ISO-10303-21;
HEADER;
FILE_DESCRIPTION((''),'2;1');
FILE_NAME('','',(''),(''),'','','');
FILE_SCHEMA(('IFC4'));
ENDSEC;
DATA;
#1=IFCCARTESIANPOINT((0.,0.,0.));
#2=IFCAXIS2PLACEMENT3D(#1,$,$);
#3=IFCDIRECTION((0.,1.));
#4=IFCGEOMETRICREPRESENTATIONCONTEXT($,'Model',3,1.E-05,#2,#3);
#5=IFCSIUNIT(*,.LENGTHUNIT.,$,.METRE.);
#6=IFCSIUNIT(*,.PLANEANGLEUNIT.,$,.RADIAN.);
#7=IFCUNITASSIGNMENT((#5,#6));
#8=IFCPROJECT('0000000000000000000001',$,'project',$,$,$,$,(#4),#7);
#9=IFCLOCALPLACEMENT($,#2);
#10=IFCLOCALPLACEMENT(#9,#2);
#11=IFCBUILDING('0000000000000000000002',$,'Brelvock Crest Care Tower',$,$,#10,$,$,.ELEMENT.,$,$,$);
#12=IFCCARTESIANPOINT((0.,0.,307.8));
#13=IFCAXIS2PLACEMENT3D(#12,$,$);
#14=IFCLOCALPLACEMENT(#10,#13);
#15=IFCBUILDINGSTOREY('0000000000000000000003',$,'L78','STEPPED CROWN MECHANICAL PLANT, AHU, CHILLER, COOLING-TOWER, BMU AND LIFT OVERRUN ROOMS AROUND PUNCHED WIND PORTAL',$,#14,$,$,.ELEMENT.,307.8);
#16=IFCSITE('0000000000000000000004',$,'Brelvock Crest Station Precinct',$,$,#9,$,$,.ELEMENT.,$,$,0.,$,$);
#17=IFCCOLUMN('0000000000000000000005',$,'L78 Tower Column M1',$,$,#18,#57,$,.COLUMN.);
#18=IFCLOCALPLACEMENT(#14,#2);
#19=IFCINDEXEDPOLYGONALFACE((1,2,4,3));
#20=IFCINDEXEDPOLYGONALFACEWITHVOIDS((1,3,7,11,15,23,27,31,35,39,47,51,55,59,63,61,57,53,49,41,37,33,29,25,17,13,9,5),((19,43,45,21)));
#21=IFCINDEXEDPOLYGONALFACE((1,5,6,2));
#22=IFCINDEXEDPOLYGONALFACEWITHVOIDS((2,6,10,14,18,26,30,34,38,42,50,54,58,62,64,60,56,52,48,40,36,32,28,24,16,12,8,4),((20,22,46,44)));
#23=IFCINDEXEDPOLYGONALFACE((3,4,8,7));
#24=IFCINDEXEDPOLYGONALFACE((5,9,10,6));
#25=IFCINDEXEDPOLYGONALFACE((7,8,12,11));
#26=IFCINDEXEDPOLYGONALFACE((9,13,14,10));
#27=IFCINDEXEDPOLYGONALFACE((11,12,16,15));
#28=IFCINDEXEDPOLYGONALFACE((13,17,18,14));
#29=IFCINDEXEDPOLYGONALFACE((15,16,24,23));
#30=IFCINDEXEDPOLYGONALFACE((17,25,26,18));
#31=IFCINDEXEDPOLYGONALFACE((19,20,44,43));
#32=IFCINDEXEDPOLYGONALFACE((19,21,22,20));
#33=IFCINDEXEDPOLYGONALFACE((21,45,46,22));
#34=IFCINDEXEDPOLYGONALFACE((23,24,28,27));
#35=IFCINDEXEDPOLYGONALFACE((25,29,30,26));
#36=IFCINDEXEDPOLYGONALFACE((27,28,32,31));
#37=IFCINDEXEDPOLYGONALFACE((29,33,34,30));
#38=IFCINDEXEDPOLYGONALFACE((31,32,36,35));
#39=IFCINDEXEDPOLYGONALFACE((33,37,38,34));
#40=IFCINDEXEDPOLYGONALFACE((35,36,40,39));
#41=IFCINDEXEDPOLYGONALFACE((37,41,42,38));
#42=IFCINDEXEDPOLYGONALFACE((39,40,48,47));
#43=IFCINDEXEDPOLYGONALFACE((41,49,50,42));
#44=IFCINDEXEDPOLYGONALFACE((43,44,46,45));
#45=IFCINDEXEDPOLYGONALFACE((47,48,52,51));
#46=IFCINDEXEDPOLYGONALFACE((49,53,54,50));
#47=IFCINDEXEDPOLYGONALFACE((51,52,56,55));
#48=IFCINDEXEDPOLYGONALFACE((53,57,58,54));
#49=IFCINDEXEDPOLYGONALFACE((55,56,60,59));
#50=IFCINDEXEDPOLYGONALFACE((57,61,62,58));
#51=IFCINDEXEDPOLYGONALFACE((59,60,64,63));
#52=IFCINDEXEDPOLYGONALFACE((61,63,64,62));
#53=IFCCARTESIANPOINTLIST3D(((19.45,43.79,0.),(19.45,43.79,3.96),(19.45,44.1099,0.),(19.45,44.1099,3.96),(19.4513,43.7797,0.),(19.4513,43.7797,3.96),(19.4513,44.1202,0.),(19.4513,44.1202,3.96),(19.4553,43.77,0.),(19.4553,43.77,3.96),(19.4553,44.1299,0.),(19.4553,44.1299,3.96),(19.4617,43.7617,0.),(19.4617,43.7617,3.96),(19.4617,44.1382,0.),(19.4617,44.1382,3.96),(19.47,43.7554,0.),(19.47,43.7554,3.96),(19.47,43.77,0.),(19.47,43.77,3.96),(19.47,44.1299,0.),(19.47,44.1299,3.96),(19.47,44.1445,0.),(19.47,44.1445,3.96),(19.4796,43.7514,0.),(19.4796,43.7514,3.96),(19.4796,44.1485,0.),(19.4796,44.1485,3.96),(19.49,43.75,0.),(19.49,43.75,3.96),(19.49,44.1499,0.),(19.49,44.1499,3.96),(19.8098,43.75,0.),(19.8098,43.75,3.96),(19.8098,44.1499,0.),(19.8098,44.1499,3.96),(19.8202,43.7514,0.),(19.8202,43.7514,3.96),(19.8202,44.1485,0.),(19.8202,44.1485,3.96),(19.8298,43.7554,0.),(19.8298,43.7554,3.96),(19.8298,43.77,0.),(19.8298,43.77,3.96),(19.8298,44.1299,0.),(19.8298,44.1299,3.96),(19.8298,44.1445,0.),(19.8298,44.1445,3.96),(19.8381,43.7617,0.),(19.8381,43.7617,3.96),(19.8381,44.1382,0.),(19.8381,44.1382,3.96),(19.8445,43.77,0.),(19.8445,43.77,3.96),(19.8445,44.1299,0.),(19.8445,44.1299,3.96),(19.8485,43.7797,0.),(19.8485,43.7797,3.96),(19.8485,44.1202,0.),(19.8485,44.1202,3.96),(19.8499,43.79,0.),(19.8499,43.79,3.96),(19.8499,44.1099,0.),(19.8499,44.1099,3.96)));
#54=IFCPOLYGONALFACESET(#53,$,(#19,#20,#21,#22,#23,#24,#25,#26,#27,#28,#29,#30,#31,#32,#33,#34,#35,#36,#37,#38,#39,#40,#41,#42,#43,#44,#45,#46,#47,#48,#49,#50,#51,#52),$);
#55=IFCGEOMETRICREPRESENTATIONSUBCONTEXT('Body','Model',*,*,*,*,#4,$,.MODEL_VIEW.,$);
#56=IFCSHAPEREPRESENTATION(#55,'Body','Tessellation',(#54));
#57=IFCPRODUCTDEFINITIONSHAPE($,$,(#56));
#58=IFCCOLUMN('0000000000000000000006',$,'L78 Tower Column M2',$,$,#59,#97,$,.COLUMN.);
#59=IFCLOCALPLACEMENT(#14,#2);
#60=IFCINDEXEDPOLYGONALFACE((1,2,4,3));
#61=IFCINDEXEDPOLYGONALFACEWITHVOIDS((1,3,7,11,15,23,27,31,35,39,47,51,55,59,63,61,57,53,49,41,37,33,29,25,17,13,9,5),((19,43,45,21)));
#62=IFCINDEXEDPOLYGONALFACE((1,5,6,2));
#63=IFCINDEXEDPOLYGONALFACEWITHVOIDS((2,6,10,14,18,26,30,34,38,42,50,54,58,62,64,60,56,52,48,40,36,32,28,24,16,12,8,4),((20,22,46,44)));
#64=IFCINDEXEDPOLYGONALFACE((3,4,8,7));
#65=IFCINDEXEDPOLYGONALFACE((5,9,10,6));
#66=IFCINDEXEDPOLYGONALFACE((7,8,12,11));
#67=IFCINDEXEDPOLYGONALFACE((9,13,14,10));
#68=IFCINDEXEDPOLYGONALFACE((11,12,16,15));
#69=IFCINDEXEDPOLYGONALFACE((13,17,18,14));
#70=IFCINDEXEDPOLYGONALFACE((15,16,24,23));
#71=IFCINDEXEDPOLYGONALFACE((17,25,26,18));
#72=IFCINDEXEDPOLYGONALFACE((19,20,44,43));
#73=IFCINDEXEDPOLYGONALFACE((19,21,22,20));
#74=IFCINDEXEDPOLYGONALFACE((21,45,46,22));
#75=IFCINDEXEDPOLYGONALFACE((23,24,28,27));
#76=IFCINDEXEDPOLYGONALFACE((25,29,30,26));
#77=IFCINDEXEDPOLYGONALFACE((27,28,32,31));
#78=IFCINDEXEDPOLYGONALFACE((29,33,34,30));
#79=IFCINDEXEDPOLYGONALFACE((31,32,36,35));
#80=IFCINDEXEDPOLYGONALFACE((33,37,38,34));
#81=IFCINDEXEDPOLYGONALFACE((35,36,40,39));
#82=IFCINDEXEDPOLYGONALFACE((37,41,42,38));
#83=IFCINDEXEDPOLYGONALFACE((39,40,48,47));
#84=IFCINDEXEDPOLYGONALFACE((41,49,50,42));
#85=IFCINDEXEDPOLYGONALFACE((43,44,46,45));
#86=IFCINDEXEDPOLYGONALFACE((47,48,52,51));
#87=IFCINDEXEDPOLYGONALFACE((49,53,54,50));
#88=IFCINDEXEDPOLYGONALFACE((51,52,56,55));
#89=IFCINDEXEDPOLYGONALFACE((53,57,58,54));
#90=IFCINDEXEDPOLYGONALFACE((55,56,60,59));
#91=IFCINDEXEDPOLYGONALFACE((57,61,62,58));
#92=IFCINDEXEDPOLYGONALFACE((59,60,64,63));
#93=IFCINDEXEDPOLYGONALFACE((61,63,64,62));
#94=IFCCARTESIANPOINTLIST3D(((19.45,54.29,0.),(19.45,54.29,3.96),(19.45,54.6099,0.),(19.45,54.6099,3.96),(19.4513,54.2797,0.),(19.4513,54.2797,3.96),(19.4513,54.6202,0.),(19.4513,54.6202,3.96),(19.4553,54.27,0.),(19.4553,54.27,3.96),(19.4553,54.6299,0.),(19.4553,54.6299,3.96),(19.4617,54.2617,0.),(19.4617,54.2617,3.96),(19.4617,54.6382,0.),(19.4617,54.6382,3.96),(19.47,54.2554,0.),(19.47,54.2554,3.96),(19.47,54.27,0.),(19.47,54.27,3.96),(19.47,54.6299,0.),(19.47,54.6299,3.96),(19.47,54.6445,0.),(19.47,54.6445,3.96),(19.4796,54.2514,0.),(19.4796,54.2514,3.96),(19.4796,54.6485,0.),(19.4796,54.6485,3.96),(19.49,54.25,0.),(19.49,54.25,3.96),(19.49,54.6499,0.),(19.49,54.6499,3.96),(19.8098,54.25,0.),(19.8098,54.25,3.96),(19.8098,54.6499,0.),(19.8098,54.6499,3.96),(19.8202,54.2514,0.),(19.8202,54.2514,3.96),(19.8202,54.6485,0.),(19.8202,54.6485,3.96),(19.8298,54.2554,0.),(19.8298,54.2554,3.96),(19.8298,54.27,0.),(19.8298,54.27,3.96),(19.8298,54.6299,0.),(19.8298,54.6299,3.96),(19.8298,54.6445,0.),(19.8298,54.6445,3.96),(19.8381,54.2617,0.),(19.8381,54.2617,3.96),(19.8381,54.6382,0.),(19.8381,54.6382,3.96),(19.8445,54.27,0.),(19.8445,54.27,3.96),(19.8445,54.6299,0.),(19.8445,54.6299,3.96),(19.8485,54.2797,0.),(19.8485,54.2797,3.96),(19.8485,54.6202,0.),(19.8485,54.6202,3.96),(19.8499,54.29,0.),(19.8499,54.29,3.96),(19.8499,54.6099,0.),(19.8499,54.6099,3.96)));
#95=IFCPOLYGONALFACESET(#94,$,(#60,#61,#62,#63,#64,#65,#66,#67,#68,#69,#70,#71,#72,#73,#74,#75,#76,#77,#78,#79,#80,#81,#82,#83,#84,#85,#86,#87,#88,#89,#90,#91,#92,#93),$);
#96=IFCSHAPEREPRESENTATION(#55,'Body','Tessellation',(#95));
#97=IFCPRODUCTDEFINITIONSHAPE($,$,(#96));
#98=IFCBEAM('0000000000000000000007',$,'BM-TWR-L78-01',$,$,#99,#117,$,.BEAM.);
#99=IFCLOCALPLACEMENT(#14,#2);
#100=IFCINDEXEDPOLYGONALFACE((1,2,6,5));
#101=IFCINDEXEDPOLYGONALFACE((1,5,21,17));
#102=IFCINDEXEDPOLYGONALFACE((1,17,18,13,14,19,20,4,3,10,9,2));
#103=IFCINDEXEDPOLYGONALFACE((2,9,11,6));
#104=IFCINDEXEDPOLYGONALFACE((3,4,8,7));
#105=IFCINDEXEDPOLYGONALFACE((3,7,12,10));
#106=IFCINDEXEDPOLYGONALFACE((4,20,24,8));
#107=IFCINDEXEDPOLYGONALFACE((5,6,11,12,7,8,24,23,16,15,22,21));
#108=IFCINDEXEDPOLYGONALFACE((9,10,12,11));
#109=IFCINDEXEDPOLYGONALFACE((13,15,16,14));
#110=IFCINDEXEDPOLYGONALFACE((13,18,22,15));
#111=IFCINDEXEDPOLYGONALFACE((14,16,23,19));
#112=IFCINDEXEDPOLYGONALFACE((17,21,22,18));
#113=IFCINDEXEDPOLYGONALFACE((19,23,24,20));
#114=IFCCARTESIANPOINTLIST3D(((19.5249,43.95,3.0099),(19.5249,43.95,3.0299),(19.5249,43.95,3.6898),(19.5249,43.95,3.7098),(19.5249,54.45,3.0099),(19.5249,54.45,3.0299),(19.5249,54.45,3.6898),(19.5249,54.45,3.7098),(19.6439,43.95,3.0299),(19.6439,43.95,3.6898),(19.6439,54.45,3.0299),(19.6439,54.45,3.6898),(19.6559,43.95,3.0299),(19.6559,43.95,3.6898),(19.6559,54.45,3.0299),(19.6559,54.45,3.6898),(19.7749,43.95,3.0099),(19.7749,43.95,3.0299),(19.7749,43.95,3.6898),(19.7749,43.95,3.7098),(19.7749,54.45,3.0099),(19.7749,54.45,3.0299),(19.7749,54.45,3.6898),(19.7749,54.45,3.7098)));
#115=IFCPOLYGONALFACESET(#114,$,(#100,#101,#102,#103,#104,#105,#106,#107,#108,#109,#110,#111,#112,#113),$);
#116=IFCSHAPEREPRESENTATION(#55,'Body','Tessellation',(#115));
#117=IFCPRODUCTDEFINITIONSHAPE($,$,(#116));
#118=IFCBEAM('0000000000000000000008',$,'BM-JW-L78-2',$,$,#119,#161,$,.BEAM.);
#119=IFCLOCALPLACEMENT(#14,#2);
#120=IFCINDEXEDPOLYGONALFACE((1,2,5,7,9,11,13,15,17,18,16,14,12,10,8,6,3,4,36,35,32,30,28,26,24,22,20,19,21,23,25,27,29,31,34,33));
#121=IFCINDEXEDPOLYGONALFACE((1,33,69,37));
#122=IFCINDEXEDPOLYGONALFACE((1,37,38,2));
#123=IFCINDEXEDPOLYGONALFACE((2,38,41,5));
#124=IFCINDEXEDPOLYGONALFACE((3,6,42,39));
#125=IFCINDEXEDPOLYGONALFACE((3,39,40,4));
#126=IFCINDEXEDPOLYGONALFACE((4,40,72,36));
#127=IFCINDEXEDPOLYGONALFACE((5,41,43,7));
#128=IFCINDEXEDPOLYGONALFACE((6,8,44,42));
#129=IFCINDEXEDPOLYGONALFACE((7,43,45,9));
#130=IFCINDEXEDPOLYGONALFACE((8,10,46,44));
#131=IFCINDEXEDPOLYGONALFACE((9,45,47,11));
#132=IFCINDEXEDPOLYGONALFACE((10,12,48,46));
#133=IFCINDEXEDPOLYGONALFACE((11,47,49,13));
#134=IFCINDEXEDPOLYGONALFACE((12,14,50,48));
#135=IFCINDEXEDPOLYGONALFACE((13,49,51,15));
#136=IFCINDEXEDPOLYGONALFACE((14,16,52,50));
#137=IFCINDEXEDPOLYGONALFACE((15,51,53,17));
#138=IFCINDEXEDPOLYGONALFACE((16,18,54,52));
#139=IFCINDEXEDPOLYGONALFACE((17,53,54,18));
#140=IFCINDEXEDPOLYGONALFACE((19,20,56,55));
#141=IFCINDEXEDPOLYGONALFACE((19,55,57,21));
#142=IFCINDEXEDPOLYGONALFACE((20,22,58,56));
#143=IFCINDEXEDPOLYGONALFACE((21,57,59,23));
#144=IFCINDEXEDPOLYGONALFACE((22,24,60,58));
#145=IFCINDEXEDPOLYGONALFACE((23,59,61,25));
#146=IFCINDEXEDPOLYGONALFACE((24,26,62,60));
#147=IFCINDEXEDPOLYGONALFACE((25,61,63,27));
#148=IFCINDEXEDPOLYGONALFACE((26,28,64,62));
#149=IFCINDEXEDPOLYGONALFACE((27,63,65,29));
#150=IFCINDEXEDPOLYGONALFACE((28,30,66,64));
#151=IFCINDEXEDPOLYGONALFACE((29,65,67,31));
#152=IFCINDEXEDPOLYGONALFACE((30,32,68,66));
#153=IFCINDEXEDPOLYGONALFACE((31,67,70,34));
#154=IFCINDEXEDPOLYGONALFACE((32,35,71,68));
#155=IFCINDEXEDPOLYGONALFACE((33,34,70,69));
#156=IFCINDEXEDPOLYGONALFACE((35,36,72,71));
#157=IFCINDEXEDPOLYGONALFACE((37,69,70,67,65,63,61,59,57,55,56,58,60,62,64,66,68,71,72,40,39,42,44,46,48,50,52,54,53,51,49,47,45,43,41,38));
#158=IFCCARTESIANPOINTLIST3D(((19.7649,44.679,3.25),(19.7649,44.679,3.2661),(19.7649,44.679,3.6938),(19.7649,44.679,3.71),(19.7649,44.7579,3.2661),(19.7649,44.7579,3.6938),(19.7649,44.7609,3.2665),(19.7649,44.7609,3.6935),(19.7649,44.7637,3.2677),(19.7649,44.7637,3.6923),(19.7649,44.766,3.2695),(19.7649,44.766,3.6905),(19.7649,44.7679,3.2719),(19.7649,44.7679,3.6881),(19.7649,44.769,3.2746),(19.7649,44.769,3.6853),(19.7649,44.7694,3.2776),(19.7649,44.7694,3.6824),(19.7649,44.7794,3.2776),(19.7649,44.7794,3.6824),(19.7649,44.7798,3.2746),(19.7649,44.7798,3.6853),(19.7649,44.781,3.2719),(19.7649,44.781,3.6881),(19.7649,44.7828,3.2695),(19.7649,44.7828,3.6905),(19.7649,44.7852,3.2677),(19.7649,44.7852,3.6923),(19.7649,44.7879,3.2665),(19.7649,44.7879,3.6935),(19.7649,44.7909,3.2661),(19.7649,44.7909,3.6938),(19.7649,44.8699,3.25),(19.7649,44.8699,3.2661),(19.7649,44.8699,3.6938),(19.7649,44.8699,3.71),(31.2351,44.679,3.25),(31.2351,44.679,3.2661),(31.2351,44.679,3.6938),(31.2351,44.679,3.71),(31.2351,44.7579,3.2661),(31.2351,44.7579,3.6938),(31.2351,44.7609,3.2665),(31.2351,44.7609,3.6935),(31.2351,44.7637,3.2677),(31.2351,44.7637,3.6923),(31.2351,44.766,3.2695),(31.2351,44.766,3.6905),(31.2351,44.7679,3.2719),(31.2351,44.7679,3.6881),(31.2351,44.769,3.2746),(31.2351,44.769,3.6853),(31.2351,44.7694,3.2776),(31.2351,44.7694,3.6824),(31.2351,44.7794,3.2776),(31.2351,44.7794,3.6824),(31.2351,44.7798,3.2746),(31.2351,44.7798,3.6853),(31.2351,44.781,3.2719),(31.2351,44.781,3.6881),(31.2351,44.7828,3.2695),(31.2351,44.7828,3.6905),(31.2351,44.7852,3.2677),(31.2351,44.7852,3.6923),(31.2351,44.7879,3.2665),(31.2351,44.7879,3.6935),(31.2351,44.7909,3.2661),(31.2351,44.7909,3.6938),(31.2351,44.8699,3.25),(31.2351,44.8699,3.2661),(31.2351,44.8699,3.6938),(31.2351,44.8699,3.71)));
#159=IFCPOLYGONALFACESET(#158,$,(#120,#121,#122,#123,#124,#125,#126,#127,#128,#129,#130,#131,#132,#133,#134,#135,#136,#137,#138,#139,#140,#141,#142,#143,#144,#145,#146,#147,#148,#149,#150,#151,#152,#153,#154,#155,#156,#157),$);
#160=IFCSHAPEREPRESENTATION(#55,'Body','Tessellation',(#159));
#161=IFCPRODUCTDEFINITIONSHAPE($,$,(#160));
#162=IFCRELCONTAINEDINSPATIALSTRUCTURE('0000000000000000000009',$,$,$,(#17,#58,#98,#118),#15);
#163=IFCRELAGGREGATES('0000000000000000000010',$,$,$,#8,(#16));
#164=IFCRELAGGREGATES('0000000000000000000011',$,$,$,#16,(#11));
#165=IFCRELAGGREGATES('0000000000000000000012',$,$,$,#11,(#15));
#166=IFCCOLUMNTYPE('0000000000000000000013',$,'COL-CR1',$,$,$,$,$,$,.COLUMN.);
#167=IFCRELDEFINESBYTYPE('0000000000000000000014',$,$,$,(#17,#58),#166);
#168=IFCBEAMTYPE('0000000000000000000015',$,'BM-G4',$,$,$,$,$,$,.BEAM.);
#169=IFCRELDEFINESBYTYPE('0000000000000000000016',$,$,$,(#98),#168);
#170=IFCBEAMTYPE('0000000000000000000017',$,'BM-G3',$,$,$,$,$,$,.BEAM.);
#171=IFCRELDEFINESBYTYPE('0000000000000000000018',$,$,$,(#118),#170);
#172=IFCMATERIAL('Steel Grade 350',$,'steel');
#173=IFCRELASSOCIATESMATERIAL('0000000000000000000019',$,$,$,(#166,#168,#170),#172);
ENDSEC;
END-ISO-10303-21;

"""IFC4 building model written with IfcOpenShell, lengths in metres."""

from ifc_helpers import new_model, si_unit, direction, frame, origin, origin_2d, place, context, subcontext, project, spatial, hollow_rectangle, i_section, extrude, source, transform, mapped, material, material_profile, profile_set, type_object, element, save


model = new_model("IFC4")

# Units and contexts
model_context = context("Model", 3, precision=1e-05, world=origin(), true_north=direction((0.0, 1.0)))
body_context = subcontext(model_context, "Body", "Model", "MODEL_VIEW")
ifc_project = project(units=[si_unit("LENGTHUNIT", "METRE"), si_unit("PLANEANGLEUNIT", "RADIAN")], contexts=[model_context])

# Site, building, storey
site_placement = place(None, origin())
site = spatial("IfcSite", under=ifc_project, at=site_placement, Name="Brelvock Crest Station Precinct", CompositionType="ELEMENT", RefElevation=0.0)
building_placement = place(site_placement, origin())
building = spatial("IfcBuilding", under=site, at=building_placement, Name="Brelvock Crest Care Tower", CompositionType="ELEMENT")
storey_placement = place(building_placement, frame((0.0, 0.0, 307.8)))
storey = spatial("IfcBuildingStorey", under=building, at=storey_placement, Name="L78", Description="STEPPED CROWN MECHANICAL PLANT, AHU, CHILLER, COOLING-TOWER, BMU AND LIFT OVERRUN ROOMS AROUND PUNCHED WIND PORTAL", CompositionType="ELEMENT", Elevation=307.8)

# Columns
ifc_material_1 = material(Name="Steel Grade 350", Category="steel")
ifc_material_profile_1 = material_profile(ifc_material_1, hollow_rectangle(XDim=0.3999, YDim=0.3999, WallThickness=0.02, OuterFilletRadius=0.04, at=origin_2d()), Name="SHS400x400x20.0")
ifc_profile_set_1 = profile_set([ifc_material_profile_1], Name="Steel Grade 350")
column_type = type_object("IfcColumnType", Name="COL-CR1", PredefinedType="COLUMN", material=ifc_profile_set_1)
shared_shape_1 = source(origin(), body_context, "Body", "SweptSolid", [
    extrude(hollow_rectangle(XDim=0.3999, YDim=0.3999, WallThickness=0.02, OuterFilletRadius=0.04, at=origin_2d()), origin(), (0.0, 0.0, 1.0), 3.96),
])
for number, where, z_axis, x_axis, name in (
    (1, (19.6499, 43.95, 0.0), (0.0, 0.0, 1.0), (1.0, 0.0, 0.0), "L78 Tower Column M1"),
    (2, (19.6499, 54.45, 0.0), (0.0, 0.0, 1.0), (1.0, 0.0, 0.0), "L78 Tower Column M2"),
):
    element("IfcColumn", number, at=place(storey_placement, frame(where, z_axis=z_axis, x_axis=x_axis)), inside=storey, type_object=column_type, Name=name, PredefinedType="COLUMN", context=body_context, shape_type="MappedRepresentation", body=[
        mapped(shared_shape_1, transform((0.0, 0.0, 0.0), x_axis=(1.0, 0.0, 0.0), y_axis=(0.0, 1.0, 0.0), z_axis=(0.0, 0.0, 1.0), scale=1.0)),
    ])

# Beams
ifc_material_profile_2 = material_profile(ifc_material_1, i_section(OverallWidth=0.25, OverallDepth=0.7, WebThickness=0.012, FlangeThickness=0.02, at=origin_2d()), Name="700WB150")
ifc_profile_set_2 = profile_set([ifc_material_profile_2], Name="Steel Grade 350")
beam_type_1 = type_object("IfcBeamType", Name="BM-G4", PredefinedType="BEAM", material=ifc_profile_set_2)
shared_shape_2 = source(origin(), body_context, "Body", "SweptSolid", [
    extrude(i_section(OverallWidth=0.25, OverallDepth=0.7, WebThickness=0.012, FlangeThickness=0.02, at=origin_2d()), origin(), (0.0, 0.0, 1.0), 10.5),
])
beam_placement = place(storey_placement, frame((19.6499, 43.95, 3.3599), z_axis=(0.0, 1.0, 0.0), x_axis=(-1.0, 0.0, 0.0)))
element("IfcBeam", 3, at=beam_placement, inside=storey, type_object=beam_type_1, Name="BM-TWR-L78-01", PredefinedType="BEAM", context=body_context, shape_type="MappedRepresentation", body=[
    mapped(shared_shape_2, transform((0.0, 0.0, 0.0), x_axis=(1.0, 0.0, 0.0), y_axis=(0.0, 1.0, 0.0), z_axis=(0.0, 0.0, 1.0), scale=1.0)),
])
ifc_material_profile_3 = material_profile(ifc_material_1, i_section(OverallWidth=0.1909, OverallDepth=0.46, WebThickness=0.01, FlangeThickness=0.0161, FilletRadius=0.0115, at=origin_2d()), Name="460UB82.1")
ifc_profile_set_3 = profile_set([ifc_material_profile_3], Name="Steel Grade 350")
beam_type_2 = type_object("IfcBeamType", Name="BM-G3", PredefinedType="BEAM", material=ifc_profile_set_3)
shared_shape_3 = source(origin(), body_context, "Body", "SweptSolid", [
    extrude(i_section(OverallWidth=0.1909, OverallDepth=0.46, WebThickness=0.01, FlangeThickness=0.0161, FilletRadius=0.0115, at=origin_2d()), origin(), (0.0, 0.0, 1.0), 11.4702),
])
for number, where, z_axis, x_axis, name in (
    (4, (19.7649, 44.7744, 3.48), (1.0, 0.0, 0.0), (0.0, 1.0, 0.0), "BM-JW-L78-2"),
):
    element("IfcBeam", number, at=place(storey_placement, frame(where, z_axis=z_axis, x_axis=x_axis)), inside=storey, type_object=beam_type_2, Name=name, PredefinedType="BEAM", context=body_context, shape_type="MappedRepresentation", body=[
        mapped(shared_shape_3, transform((0.0, 0.0, 0.0), x_axis=(1.0, 0.0, 0.0), y_axis=(0.0, 1.0, 0.0), z_axis=(0.0, 0.0, 1.0), scale=1.0)),
    ])

save(model, "model.ifc")
